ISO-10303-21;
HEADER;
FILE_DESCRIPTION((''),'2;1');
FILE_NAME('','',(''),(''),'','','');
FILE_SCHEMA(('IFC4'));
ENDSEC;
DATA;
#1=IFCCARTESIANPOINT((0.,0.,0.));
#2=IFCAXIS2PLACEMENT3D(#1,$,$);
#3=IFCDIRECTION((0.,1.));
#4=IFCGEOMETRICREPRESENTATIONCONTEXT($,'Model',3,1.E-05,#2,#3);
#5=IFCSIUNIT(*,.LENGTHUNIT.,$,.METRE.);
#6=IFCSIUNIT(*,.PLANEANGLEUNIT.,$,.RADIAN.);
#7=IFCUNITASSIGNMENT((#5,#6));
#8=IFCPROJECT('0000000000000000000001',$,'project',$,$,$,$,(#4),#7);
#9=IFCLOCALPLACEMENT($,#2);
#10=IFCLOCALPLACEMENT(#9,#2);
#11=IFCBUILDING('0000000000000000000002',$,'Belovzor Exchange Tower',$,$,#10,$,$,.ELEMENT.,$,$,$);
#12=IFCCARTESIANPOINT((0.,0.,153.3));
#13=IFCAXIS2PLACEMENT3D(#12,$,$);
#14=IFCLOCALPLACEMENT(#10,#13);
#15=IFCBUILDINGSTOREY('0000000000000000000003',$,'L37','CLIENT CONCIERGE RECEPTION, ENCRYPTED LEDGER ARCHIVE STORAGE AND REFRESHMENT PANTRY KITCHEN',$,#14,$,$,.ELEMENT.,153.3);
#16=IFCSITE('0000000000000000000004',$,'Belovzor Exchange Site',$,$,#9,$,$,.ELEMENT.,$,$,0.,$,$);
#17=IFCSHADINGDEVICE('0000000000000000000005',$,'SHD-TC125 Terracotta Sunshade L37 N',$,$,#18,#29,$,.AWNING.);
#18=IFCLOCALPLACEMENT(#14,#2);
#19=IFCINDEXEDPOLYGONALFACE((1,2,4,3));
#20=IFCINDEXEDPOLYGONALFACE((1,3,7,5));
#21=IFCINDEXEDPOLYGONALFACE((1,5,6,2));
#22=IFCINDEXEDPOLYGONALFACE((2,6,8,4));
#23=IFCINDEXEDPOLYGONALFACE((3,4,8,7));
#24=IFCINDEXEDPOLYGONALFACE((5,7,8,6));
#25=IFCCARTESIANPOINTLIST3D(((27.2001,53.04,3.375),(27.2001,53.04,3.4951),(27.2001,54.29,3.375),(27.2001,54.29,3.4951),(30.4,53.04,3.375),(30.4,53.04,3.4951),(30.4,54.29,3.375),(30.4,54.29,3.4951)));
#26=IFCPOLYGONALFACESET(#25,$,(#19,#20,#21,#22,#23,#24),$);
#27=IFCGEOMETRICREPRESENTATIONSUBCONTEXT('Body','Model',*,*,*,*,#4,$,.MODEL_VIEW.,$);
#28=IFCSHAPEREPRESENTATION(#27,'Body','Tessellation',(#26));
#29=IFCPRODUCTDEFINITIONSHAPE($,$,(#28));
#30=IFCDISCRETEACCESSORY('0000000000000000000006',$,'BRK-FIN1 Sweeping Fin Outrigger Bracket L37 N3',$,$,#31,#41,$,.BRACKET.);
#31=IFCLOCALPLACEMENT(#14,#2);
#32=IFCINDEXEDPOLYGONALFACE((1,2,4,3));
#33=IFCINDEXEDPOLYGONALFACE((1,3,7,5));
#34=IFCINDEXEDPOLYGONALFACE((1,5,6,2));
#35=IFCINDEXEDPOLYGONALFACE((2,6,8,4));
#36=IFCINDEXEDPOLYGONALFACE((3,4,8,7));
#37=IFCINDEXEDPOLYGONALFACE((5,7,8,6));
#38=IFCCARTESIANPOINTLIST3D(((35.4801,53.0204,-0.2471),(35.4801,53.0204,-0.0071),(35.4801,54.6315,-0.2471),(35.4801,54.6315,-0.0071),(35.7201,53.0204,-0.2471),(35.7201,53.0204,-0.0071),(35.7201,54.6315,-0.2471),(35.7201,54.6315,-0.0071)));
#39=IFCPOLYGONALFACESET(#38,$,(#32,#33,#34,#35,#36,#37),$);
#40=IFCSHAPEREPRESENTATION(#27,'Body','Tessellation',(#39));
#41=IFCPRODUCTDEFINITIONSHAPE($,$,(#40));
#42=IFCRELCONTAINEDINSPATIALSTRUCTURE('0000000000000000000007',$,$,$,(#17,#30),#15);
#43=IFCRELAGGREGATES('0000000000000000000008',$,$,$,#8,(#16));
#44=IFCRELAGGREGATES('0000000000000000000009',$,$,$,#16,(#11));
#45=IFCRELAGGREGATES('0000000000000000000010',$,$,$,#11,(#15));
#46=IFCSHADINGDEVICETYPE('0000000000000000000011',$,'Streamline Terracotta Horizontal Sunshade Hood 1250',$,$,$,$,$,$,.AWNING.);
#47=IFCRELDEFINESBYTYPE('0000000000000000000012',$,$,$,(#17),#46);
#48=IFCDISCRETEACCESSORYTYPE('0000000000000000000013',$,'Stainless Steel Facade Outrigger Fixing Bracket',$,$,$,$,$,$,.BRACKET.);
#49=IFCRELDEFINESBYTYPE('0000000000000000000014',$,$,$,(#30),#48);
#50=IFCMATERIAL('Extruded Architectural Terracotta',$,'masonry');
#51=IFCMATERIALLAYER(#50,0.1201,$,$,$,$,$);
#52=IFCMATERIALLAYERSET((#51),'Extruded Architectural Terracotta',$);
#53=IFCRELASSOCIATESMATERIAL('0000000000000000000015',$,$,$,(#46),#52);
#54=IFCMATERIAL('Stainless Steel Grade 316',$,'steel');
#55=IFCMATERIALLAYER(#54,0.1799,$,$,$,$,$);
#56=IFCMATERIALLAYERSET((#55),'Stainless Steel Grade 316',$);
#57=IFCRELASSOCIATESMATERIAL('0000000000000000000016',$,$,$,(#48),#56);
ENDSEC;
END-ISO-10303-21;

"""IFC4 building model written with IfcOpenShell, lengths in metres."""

from ifc_helpers import new_model, si_unit, direction, frame, origin, origin_2d, place, context, subcontext, project, spatial, rectangle, extrude, material, layer, layer_set, type_object, element, save


model = new_model("IFC4")

# Units and contexts
model_context = context("Model", 3, precision=1e-05, world=origin(), true_north=direction((0.0, 1.0)))
body_context = subcontext(model_context, "Body", "Model", "MODEL_VIEW")
ifc_project = project(units=[si_unit("LENGTHUNIT", "METRE"), si_unit("PLANEANGLEUNIT", "RADIAN")], contexts=[model_context])

# Site, building, storey
site_placement = place(None, origin())
site = spatial("IfcSite", under=ifc_project, at=site_placement, Name="Belovzor Exchange Site", CompositionType="ELEMENT", RefElevation=0.0)
building_placement = place(site_placement, origin())
building = spatial("IfcBuilding", under=site, at=building_placement, Name="Belovzor Exchange Tower", CompositionType="ELEMENT")
storey_placement = place(building_placement, frame((0.0, 0.0, 153.3)))
storey = spatial("IfcBuildingStorey", under=building, at=storey_placement, Name="L37", Description="CLIENT CONCIERGE RECEPTION, ENCRYPTED LEDGER ARCHIVE STORAGE AND REFRESHMENT PANTRY KITCHEN", CompositionType="ELEMENT", Elevation=153.3)

# Shading device
ifc_material_1 = material(Name="Extruded Architectural Terracotta", Category="masonry")
ifc_layer_1 = layer(ifc_material_1, 0.1201)
ifc_layer_set_1 = layer_set([ifc_layer_1], Name="Extruded Architectural Terracotta")
shading_device_type = type_object("IfcShadingDeviceType", Name="Streamline Terracotta Horizontal Sunshade Hood 1250", PredefinedType="AWNING", material=ifc_layer_set_1)
shading_device_placement = place(storey_placement, frame((28.8, 53.665, 3.375), z_axis=(0.0, 0.0, 1.0), x_axis=(1.0, 0.0, 0.0)))
element("IfcShadingDevice", 1, at=shading_device_placement, inside=storey, type_object=shading_device_type, Name="SHD-TC125 Terracotta Sunshade L37 N", PredefinedType="AWNING", context=body_context, shape_type="SweptSolid", body=[
    extrude(rectangle(XDim=3.2, YDim=1.25, at=origin_2d()), origin(), (0.0, 0.0, 1.0), 0.1201),
])

# Discrete accessory
ifc_material_2 = material(Name="Stainless Steel Grade 316", Category="steel")
ifc_layer_2 = layer(ifc_material_2, 0.1799)
ifc_layer_set_2 = layer_set([ifc_layer_2], Name="Stainless Steel Grade 316")
discrete_accessory_type = type_object("IfcDiscreteAccessoryType", Name="Stainless Steel Facade Outrigger Fixing Bracket", PredefinedType="BRACKET", material=ifc_layer_set_2)
discrete_accessory_placement = place(storey_placement, frame((35.6001, 53.8259, -0.2471), z_axis=(0.0, 0.0, 1.0), x_axis=(0.0, 1.0, 0.0)))
element("IfcDiscreteAccessory", 2, at=discrete_accessory_placement, inside=storey, type_object=discrete_accessory_type, Name="BRK-FIN1 Sweeping Fin Outrigger Bracket L37 N3", PredefinedType="BRACKET", context=body_context, shape_type="SweptSolid", body=[
    extrude(rectangle(XDim=1.6111, YDim=0.24, at=origin_2d()), origin(), (0.0, 0.0, 1.0), 0.24),
])

save(model, "model.ifc")
